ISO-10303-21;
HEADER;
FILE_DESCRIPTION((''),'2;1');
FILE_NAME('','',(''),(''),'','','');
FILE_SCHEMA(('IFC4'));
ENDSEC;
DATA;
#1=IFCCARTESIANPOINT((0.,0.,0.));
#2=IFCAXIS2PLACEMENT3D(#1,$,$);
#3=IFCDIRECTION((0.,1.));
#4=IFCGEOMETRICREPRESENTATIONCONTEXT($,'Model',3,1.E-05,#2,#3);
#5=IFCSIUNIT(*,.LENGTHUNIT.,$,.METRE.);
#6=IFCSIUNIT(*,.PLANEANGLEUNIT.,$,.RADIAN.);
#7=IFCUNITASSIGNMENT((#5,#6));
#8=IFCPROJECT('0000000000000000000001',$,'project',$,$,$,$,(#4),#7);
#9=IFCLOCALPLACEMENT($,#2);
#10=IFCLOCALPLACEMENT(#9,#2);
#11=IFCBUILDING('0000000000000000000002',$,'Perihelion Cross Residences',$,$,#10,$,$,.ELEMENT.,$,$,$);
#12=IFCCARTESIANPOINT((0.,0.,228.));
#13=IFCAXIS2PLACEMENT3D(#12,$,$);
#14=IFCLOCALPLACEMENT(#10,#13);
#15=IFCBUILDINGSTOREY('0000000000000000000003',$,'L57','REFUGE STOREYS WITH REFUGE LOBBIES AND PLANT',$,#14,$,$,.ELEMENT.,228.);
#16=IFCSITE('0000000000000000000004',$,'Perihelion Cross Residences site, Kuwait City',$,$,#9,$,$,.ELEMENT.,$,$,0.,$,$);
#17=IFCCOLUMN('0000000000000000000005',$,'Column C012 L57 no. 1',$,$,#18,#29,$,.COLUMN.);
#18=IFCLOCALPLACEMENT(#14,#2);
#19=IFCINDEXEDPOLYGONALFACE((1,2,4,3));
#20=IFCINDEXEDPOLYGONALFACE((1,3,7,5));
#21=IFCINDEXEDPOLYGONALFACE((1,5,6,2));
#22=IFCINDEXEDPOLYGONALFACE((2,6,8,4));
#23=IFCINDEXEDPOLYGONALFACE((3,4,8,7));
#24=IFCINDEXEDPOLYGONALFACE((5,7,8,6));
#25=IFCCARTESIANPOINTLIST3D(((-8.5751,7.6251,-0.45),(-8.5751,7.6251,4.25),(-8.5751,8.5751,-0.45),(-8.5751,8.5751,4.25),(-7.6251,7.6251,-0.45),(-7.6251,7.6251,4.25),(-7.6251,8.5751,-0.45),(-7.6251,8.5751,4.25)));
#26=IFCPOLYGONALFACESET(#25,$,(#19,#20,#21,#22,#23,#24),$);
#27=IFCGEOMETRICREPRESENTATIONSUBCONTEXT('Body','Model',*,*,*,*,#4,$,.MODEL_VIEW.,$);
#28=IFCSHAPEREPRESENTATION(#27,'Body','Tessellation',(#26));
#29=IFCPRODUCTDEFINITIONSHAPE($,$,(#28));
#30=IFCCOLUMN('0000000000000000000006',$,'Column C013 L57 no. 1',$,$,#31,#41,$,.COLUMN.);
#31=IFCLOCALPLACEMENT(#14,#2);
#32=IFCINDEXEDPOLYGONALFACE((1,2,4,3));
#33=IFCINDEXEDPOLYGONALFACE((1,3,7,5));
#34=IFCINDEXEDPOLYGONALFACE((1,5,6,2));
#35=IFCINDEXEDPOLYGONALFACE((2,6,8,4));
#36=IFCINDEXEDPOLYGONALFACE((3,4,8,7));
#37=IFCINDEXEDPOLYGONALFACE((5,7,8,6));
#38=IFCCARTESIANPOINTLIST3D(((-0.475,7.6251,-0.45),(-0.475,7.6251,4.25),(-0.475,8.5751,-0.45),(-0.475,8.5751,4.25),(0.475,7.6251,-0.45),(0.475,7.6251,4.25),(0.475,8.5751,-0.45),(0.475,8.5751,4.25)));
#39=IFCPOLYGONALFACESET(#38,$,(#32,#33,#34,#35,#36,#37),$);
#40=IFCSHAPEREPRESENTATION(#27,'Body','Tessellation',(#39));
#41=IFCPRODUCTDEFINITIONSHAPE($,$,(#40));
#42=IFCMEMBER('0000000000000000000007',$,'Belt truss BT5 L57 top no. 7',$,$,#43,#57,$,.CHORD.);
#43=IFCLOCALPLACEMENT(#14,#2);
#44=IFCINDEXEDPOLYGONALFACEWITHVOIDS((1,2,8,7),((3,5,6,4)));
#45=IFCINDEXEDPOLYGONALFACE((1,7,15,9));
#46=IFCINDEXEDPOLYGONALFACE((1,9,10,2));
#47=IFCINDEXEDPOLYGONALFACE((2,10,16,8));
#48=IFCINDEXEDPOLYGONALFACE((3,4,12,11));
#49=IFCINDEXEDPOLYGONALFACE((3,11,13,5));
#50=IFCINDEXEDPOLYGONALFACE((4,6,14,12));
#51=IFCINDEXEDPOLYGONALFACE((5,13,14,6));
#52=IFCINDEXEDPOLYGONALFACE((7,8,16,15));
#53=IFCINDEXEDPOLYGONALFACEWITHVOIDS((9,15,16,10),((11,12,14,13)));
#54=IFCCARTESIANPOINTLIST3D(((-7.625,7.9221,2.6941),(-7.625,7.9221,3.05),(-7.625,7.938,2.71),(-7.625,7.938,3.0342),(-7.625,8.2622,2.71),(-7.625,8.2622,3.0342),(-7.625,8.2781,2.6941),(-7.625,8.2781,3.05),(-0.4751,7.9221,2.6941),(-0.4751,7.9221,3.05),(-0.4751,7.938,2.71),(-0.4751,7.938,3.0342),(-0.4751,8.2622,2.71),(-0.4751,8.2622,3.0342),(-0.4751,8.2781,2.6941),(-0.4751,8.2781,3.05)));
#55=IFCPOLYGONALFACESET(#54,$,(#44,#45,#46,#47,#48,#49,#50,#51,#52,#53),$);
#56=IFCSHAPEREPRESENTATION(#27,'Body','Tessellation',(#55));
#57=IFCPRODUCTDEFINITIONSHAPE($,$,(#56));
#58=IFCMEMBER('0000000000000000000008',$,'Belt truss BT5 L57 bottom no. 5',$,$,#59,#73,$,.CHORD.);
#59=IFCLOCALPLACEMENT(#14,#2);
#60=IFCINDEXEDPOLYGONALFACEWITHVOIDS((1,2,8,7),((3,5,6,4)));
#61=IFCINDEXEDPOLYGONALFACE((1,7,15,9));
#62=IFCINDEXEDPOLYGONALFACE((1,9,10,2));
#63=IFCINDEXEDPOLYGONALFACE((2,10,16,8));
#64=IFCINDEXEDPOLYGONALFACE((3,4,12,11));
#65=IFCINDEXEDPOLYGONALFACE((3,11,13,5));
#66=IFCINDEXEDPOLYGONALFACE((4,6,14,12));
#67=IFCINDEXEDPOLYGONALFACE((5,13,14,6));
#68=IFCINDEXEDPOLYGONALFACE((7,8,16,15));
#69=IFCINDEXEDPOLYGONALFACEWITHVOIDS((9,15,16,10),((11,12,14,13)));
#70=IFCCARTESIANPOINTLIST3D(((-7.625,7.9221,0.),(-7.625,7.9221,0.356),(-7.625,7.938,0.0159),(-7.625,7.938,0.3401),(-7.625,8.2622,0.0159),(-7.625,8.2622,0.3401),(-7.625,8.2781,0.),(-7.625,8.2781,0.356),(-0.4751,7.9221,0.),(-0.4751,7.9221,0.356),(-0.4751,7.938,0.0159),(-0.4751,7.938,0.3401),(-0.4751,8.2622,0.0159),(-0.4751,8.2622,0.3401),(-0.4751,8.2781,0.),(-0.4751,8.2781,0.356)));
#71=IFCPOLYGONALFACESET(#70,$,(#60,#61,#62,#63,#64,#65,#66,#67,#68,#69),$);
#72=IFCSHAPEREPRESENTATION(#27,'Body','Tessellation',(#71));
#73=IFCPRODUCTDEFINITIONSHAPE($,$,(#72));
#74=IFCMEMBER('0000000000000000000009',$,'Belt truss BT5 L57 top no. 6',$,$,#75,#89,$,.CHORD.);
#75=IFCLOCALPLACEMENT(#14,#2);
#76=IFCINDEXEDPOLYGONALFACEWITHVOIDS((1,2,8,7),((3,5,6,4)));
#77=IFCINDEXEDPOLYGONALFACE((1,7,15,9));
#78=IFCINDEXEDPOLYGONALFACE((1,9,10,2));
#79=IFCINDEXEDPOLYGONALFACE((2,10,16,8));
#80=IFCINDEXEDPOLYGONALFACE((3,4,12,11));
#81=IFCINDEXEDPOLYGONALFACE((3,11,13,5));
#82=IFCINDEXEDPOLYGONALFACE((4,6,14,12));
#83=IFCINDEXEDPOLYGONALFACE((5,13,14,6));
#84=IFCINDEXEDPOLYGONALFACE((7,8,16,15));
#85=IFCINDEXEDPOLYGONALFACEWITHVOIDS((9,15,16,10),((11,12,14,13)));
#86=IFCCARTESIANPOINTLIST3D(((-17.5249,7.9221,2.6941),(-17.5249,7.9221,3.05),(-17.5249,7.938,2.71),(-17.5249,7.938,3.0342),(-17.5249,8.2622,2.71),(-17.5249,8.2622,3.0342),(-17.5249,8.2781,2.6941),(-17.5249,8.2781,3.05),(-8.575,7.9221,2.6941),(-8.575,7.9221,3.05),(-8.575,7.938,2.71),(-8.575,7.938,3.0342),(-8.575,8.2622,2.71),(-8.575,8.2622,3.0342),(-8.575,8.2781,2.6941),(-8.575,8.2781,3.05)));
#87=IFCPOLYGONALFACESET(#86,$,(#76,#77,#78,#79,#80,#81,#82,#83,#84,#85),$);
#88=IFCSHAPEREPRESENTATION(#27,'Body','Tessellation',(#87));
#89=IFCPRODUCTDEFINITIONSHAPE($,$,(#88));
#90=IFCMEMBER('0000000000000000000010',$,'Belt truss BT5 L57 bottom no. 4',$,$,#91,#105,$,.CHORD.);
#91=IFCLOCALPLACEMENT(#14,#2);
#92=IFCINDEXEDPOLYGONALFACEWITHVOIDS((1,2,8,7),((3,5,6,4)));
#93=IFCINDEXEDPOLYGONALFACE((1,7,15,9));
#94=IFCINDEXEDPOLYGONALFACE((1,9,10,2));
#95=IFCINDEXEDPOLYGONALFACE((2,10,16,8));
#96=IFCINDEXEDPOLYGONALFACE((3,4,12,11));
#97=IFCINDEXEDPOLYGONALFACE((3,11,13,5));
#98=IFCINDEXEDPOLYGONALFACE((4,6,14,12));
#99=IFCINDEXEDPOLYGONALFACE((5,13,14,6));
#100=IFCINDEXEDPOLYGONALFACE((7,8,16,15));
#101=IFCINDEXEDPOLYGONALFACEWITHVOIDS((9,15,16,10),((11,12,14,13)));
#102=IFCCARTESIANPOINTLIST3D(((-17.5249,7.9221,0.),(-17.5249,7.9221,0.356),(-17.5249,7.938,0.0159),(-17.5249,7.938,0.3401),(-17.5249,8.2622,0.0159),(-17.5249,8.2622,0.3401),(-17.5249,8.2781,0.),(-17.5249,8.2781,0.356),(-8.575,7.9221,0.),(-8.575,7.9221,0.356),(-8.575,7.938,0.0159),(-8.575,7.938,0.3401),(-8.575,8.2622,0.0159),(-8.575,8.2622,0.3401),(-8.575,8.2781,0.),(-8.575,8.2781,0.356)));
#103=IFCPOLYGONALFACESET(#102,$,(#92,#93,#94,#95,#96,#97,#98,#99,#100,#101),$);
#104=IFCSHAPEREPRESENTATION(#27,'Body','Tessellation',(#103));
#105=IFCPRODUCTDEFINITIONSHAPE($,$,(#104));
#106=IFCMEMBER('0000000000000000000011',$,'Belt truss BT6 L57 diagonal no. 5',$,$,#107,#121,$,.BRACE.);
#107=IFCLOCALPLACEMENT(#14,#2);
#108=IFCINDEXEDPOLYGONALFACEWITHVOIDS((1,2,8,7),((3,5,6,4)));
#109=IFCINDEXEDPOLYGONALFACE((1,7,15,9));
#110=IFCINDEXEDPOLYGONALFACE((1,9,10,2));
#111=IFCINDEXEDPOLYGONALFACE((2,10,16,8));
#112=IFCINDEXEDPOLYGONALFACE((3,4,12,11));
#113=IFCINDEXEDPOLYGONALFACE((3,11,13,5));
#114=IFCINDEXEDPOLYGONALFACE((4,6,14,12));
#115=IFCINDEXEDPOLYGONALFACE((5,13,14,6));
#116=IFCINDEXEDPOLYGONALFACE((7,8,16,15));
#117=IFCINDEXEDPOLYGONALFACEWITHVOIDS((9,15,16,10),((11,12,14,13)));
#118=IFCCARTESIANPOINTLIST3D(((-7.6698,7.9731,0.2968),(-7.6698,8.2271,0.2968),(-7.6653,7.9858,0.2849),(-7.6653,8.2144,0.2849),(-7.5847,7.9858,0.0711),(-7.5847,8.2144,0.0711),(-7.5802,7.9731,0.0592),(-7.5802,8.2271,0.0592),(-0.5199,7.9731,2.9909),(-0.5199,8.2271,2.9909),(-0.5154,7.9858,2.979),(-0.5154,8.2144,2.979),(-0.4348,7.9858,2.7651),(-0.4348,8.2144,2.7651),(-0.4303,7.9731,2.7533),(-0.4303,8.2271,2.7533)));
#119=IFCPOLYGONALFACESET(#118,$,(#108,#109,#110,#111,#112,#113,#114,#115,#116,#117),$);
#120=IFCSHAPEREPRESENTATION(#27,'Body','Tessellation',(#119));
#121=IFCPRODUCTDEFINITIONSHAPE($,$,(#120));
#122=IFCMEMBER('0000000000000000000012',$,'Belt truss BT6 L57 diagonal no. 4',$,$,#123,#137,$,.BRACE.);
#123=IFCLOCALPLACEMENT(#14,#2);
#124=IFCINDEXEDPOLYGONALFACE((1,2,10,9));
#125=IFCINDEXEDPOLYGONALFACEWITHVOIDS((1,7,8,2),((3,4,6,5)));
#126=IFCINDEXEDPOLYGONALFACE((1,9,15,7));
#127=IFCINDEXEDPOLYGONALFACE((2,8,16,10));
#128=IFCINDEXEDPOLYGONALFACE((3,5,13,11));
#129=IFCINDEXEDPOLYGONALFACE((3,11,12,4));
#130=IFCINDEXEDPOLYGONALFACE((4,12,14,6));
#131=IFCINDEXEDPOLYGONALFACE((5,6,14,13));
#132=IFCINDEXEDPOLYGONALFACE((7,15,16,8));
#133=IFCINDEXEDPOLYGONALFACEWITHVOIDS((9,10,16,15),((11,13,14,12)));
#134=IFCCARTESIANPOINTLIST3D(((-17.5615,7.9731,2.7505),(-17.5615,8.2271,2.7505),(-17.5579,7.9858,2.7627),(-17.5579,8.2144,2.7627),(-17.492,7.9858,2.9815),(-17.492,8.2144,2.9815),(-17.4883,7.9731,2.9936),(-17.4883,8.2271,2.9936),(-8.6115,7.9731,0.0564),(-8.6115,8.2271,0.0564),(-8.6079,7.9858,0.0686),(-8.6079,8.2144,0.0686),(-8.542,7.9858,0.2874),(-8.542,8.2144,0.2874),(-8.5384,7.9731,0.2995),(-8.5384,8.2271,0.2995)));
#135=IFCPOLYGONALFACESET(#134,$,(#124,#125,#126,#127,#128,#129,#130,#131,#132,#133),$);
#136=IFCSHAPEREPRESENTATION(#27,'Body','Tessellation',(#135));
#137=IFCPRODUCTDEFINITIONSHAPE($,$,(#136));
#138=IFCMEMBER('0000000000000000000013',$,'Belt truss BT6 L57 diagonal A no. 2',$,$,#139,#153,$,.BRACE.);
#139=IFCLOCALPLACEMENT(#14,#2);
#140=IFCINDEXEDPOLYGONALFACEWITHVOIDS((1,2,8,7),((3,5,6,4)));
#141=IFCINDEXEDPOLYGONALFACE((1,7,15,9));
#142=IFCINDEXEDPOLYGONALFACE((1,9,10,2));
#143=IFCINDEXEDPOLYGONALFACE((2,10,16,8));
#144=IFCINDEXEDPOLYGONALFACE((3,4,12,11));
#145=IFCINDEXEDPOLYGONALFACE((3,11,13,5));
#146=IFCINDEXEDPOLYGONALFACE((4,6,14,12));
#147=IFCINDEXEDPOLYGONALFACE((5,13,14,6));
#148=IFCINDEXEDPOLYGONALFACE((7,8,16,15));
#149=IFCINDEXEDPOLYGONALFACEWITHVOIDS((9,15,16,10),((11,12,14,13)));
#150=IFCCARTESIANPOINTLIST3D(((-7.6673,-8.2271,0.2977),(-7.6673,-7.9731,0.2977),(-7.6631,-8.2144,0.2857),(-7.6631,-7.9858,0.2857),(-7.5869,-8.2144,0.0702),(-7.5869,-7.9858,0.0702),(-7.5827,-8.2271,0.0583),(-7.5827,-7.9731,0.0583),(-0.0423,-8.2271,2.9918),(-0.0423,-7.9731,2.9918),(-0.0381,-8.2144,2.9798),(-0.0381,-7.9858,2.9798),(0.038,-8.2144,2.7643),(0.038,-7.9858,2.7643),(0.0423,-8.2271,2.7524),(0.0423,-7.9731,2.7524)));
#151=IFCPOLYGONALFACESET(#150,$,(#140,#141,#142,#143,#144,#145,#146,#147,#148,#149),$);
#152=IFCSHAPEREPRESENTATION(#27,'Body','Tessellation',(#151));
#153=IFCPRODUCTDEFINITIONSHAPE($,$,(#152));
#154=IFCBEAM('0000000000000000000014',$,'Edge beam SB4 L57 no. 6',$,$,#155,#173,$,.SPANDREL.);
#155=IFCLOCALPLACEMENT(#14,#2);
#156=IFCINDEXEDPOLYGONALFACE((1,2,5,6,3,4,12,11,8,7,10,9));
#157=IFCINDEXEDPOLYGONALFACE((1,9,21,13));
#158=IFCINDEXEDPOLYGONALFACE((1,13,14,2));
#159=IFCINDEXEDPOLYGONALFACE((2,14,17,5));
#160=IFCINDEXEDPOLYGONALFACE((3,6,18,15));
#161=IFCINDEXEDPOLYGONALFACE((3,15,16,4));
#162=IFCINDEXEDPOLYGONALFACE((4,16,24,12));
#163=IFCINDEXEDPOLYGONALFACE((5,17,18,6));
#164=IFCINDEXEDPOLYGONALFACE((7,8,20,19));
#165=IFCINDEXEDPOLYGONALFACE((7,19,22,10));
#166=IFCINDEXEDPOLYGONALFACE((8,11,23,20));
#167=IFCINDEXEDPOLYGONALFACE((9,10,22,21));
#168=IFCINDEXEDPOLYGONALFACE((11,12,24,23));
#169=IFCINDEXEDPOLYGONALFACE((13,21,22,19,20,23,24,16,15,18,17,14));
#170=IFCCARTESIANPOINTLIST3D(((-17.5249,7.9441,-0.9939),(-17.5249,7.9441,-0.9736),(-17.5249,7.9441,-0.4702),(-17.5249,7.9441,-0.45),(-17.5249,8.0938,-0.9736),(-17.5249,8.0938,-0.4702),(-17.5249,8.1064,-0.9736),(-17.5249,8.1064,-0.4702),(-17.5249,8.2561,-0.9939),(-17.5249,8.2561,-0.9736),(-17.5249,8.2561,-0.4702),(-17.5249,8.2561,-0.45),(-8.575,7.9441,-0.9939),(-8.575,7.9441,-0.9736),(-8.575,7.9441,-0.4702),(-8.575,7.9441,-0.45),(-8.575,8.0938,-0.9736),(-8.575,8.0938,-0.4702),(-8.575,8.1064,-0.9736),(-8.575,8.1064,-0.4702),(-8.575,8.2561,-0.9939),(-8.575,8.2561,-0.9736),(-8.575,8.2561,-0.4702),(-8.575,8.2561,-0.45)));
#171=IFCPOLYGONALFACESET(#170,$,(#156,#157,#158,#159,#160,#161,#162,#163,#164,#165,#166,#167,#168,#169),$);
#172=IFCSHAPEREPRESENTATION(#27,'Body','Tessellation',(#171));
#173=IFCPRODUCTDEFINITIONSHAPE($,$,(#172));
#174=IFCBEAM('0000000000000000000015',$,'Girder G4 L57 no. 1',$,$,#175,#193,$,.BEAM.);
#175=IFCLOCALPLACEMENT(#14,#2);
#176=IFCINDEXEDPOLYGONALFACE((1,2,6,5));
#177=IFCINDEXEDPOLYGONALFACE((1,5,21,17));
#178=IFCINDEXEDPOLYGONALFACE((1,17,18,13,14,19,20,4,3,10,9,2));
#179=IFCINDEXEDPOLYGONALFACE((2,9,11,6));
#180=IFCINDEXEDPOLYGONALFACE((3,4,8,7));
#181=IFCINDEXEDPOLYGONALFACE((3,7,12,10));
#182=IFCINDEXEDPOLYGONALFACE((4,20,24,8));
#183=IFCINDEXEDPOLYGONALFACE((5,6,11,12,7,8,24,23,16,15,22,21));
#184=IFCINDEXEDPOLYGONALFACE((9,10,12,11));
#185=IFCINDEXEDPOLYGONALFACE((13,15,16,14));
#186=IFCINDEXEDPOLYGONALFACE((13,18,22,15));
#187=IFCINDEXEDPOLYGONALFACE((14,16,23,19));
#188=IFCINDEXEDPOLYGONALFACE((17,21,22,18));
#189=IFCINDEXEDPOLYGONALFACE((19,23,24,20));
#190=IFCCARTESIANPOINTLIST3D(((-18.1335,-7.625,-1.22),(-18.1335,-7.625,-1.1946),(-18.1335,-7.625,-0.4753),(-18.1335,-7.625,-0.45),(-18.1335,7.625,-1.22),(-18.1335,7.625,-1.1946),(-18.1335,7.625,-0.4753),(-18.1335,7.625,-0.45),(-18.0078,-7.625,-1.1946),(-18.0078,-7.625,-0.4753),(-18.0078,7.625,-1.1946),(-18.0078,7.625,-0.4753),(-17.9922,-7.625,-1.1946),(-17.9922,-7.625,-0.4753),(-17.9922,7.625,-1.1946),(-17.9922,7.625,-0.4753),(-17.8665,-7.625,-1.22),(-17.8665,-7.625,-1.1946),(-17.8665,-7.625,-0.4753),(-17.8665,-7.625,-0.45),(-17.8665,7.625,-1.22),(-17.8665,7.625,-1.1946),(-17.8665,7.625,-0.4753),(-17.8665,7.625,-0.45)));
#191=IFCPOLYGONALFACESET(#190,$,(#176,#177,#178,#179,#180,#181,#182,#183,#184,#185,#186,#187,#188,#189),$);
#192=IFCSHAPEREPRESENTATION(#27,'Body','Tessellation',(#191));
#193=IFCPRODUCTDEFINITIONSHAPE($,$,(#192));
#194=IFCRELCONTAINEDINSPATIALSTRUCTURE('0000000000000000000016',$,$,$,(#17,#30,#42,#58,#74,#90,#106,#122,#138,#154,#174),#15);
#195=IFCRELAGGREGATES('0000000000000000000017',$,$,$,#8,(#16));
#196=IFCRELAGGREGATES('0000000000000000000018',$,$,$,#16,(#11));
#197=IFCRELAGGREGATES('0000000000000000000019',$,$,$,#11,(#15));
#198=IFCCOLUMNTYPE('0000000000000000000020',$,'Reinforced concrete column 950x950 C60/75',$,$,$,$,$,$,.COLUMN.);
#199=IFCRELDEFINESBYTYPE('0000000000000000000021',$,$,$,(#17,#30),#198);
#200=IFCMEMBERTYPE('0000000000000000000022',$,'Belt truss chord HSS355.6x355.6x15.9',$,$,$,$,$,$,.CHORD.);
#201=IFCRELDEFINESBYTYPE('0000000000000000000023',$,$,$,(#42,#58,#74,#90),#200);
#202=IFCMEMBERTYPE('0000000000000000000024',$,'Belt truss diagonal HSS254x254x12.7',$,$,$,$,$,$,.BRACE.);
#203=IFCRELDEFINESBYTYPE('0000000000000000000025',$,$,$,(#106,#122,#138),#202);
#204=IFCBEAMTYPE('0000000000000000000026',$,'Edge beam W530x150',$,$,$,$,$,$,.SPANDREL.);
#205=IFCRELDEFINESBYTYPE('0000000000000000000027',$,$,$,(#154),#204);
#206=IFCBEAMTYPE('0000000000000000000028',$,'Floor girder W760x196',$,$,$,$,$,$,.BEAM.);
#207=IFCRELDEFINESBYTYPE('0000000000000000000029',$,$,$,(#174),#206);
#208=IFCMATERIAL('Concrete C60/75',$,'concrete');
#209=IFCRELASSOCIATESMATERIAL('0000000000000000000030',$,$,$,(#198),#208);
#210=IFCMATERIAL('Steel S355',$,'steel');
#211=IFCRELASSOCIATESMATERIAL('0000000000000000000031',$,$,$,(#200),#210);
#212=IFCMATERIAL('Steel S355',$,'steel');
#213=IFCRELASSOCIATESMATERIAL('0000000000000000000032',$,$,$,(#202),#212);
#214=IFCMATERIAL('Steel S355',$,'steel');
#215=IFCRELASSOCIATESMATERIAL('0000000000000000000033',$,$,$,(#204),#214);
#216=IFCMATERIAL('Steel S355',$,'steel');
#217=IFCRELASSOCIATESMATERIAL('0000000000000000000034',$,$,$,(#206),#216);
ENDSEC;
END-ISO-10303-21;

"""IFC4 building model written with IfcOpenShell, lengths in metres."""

from ifc_helpers import new_model, si_unit, direction, frame, origin, origin_2d, place, context, subcontext, project, spatial, rectangle, hollow_rectangle, i_section, extrude, material, material_profile, profile_set, type_object, element, save


model = new_model("IFC4")

# Units and contexts
model_context = context("Model", 3, precision=1e-05, world=origin(), true_north=direction((0.0, 1.0)))
body_context = subcontext(model_context, "Body", "Model", "MODEL_VIEW")
ifc_project = project(units=[si_unit("LENGTHUNIT", "METRE"), si_unit("PLANEANGLEUNIT", "RADIAN")], contexts=[model_context])

# Site, building, storey
site_placement = place(None, origin())
site = spatial("IfcSite", under=ifc_project, at=site_placement, Name="Perihelion Cross Residences site, Kuwait City", CompositionType="ELEMENT", RefElevation=0.0)
building_placement = place(site_placement, origin())
building = spatial("IfcBuilding", under=site, at=building_placement, Name="Perihelion Cross Residences", CompositionType="ELEMENT")
storey_placement = place(building_placement, frame((0.0, 0.0, 228.0)))
storey = spatial("IfcBuildingStorey", under=building, at=storey_placement, Name="L57", Description="REFUGE STOREYS WITH REFUGE LOBBIES AND PLANT", CompositionType="ELEMENT", Elevation=228.0)

# Columns
ifc_material_1 = material(Name="Concrete C60/75", Category="concrete")
ifc_material_profile_1 = material_profile(ifc_material_1, rectangle(XDim=0.95, YDim=0.95, at=origin_2d()), Name="RC 950x950")
ifc_profile_set_1 = profile_set([ifc_material_profile_1], Name="Concrete C60/75")
column_type = type_object("IfcColumnType", Name="Reinforced concrete column 950x950 C60/75", PredefinedType="COLUMN", material=ifc_profile_set_1)
for number, where, z_axis, x_axis, name in (
    (1, (-8.1001, 8.1001, -0.45), (0.0, 0.0, 1.0), (1.0, 0.0, 0.0), "Column C012 L57 no. 1"),
    (2, (0.0, 8.1001, -0.45), (0.0, 0.0, 1.0), (1.0, 0.0, 0.0), "Column C013 L57 no. 1"),
):
    element("IfcColumn", number, at=place(storey_placement, frame(where, z_axis=z_axis, x_axis=x_axis)), inside=storey, type_object=column_type, Name=name, PredefinedType="COLUMN", context=body_context, shape_type="SweptSolid", body=[
        extrude(rectangle(XDim=0.95, YDim=0.95, at=origin_2d()), origin(), (0.0, 0.0, 1.0), 4.7),
    ])

# Members
ifc_material_2 = material(Name="Steel S355", Category="steel")
ifc_material_profile_2 = material_profile(ifc_material_2, hollow_rectangle(XDim=0.356, YDim=0.356, WallThickness=0.0159, at=origin_2d()), Name="HSS355.6x355.6x15.9")
ifc_profile_set_2 = profile_set([ifc_material_profile_2], Name="Steel S355")
member_type_1 = type_object("IfcMemberType", Name="Belt truss chord HSS355.6x355.6x15.9", PredefinedType="CHORD", material=ifc_profile_set_2)
for number, where, z_axis, x_axis, name in (
    (3, (-0.4751, 8.1001, 2.8721), (-1.0, 0.0, 0.0), (0.0, -1.0, 0.0), "Belt truss BT5 L57 top no. 7"),
    (4, (-0.4751, 8.1001, 0.178), (-1.0, 0.0, 0.0), (0.0, -1.0, 0.0), "Belt truss BT5 L57 bottom no. 5"),
):
    element("IfcMember", number, at=place(storey_placement, frame(where, z_axis=z_axis, x_axis=x_axis)), inside=storey, type_object=member_type_1, Name=name, PredefinedType="CHORD", context=body_context, shape_type="SweptSolid", body=[
        extrude(hollow_rectangle(XDim=0.356, YDim=0.356, WallThickness=0.0159, at=origin_2d()), origin(), (0.0, 0.0, 1.0), 7.1499),
    ])
for number, where, z_axis, x_axis, name in (
    (5, (-8.575, 8.1001, 2.8721), (-1.0, 0.0, 0.0), (0.0, -1.0, 0.0), "Belt truss BT5 L57 top no. 6"),
    (6, (-8.575, 8.1001, 0.178), (-1.0, 0.0, 0.0), (0.0, -1.0, 0.0), "Belt truss BT5 L57 bottom no. 4"),
):
    element("IfcMember", number, at=place(storey_placement, frame(where, z_axis=z_axis, x_axis=x_axis)), inside=storey, type_object=member_type_1, Name=name, PredefinedType="CHORD", context=body_context, shape_type="SweptSolid", body=[
        extrude(hollow_rectangle(XDim=0.356, YDim=0.356, WallThickness=0.0159, at=origin_2d()), origin(), (0.0, 0.0, 1.0), 8.95),
    ])
ifc_material_3 = material(Name="Steel S355", Category="steel")
ifc_material_profile_3 = material_profile(ifc_material_3, hollow_rectangle(XDim=0.2539, YDim=0.2539, WallThickness=0.0127, at=origin_2d()), Name="HSS254x254x12.7")
ifc_profile_set_3 = profile_set([ifc_material_profile_3], Name="Steel S355")
member_type_2 = type_object("IfcMemberType", Name="Belt truss diagonal HSS254x254x12.7", PredefinedType="BRACE", material=ifc_profile_set_3)
member_1_placement = place(storey_placement, frame((-7.625, 8.1001, 0.178), z_axis=(0.935774, 0.0, 0.352601), x_axis=(0.0, 1.0, 0.0)))
element("IfcMember", 7, at=member_1_placement, inside=storey, type_object=member_type_2, Name="Belt truss BT6 L57 diagonal no. 5", PredefinedType="BRACE", context=body_context, shape_type="SweptSolid", body=[
    extrude(hollow_rectangle(XDim=0.2539, YDim=0.2539, WallThickness=0.0127, at=origin_2d()), origin(), (0.0, 0.0, 1.0), 7.6406),
])
member_2_placement = place(storey_placement, frame((-8.575, 8.1001, 0.178), z_axis=(-0.957558, 0.0, 0.288242), x_axis=(0.0, -1.0, 0.0)))
element("IfcMember", 8, at=member_2_placement, inside=storey, type_object=member_type_2, Name="Belt truss BT6 L57 diagonal no. 4", PredefinedType="BRACE", context=body_context, shape_type="SweptSolid", body=[
    extrude(hollow_rectangle(XDim=0.2539, YDim=0.2539, WallThickness=0.0127, at=origin_2d()), origin(), (0.0, 0.0, 1.0), 9.3467),
])
member_3_placement = place(storey_placement, frame((-7.625, -8.1001, 0.178), z_axis=(0.942877, 0.0, 0.333141), x_axis=(0.0, 1.0, 0.0)))
element("IfcMember", 9, at=member_3_placement, inside=storey, type_object=member_type_2, Name="Belt truss BT6 L57 diagonal A no. 2", PredefinedType="BRACE", context=body_context, shape_type="SweptSolid", body=[
    extrude(hollow_rectangle(XDim=0.2539, YDim=0.2539, WallThickness=0.0127, at=origin_2d()), origin(), (0.0, 0.0, 1.0), 8.0869),
])

# Beams
ifc_material_4 = material(Name="Steel S355", Category="steel")
ifc_material_profile_4 = material_profile(ifc_material_4, i_section(OverallWidth=0.312, OverallDepth=0.5439, WebThickness=0.0127, FlangeThickness=0.0203, at=origin_2d()), Name="W530x150")
ifc_profile_set_4 = profile_set([ifc_material_profile_4], Name="Steel S355")
beam_type_1 = type_object("IfcBeamType", Name="Edge beam W530x150", PredefinedType="SPANDREL", material=ifc_profile_set_4)
beam_1_placement = place(storey_placement, frame((-8.575, 8.1001, -0.7219), z_axis=(-1.0, 0.0, 0.0), x_axis=(0.0, -1.0, 0.0)))
element("IfcBeam", 10, at=beam_1_placement, inside=storey, type_object=beam_type_1, Name="Edge beam SB4 L57 no. 6", PredefinedType="SPANDREL", context=body_context, shape_type="SweptSolid", body=[
    extrude(i_section(OverallWidth=0.312, OverallDepth=0.5439, WebThickness=0.0127, FlangeThickness=0.0203, at=origin_2d()), origin(), (0.0, 0.0, 1.0), 8.95),
])
ifc_material_5 = material(Name="Steel S355", Category="steel")
ifc_material_profile_5 = material_profile(ifc_material_5, i_section(OverallWidth=0.2671, OverallDepth=0.77, WebThickness=0.0156, FlangeThickness=0.0254, at=origin_2d()), Name="W760x196")
ifc_profile_set_5 = profile_set([ifc_material_profile_5], Name="Steel S355")
beam_type_2 = type_object("IfcBeamType", Name="Floor girder W760x196", PredefinedType="BEAM", material=ifc_profile_set_5)
beam_2_placement = place(storey_placement, frame((-18.0, -7.625, -0.835), z_axis=(0.0, 1.0, 0.0), x_axis=(-1.0, 0.0, 0.0)))
element("IfcBeam", 11, at=beam_2_placement, inside=storey, type_object=beam_type_2, Name="Girder G4 L57 no. 1", PredefinedType="BEAM", context=body_context, shape_type="SweptSolid", body=[
    extrude(i_section(OverallWidth=0.2671, OverallDepth=0.77, WebThickness=0.0156, FlangeThickness=0.0254, at=origin_2d()), origin(), (0.0, 0.0, 1.0), 15.25),
])

save(model, "model.ifc")
